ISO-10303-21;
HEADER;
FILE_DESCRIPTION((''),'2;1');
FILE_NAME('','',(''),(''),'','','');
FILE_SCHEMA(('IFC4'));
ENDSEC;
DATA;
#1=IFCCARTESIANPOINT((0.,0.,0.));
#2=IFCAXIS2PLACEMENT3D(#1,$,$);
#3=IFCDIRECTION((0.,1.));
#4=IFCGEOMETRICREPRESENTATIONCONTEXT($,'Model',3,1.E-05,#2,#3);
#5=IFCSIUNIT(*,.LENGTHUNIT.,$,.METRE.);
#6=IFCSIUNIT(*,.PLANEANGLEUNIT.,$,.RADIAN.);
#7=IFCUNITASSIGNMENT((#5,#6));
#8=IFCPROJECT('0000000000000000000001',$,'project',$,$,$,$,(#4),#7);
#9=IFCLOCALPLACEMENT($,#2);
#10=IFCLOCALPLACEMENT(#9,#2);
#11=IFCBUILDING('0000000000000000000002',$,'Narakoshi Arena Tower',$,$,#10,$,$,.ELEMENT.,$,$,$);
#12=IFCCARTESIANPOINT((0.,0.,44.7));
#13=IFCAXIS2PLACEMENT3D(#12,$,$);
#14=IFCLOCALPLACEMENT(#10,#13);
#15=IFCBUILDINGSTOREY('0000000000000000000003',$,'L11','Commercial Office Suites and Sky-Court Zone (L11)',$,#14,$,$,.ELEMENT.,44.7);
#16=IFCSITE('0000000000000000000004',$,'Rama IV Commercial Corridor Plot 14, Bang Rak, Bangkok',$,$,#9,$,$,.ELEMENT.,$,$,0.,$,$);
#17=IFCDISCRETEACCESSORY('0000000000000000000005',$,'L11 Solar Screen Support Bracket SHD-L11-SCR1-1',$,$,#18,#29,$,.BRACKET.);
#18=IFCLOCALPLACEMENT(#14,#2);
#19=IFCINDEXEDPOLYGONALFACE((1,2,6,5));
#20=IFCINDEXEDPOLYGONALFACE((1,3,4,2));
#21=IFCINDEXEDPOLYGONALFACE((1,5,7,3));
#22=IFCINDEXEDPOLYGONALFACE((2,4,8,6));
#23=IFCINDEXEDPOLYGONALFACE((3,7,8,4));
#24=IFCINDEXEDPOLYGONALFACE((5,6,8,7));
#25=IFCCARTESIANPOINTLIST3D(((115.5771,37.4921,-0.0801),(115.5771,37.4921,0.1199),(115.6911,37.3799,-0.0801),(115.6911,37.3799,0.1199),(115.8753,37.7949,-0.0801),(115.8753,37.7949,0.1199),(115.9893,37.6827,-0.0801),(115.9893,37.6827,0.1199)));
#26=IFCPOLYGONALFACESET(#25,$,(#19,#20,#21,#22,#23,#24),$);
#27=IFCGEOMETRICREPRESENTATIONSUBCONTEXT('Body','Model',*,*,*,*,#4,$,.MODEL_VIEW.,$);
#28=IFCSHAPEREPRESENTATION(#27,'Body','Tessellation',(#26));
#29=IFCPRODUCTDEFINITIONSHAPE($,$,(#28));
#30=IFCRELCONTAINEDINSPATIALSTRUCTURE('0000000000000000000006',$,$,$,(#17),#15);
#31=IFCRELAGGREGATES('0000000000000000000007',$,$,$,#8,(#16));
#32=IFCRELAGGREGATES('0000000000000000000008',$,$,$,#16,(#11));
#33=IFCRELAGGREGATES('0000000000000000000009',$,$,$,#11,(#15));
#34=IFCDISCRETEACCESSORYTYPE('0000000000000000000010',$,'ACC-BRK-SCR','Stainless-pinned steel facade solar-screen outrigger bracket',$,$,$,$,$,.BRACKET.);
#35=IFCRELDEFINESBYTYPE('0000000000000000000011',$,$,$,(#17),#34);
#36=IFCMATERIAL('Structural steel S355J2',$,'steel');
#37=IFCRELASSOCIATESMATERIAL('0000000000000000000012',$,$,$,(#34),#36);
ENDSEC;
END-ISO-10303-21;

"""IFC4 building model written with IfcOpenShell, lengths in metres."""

from ifc_helpers import new_model, si_unit, direction, frame, origin, origin_2d, place, context, subcontext, project, spatial, rectangle, extrude, material, type_object, element, save


model = new_model("IFC4")

# Units and contexts
model_context = context("Model", 3, precision=1e-05, world=origin(), true_north=direction((0.0, 1.0)))
body_context = subcontext(model_context, "Body", "Model", "MODEL_VIEW")
ifc_project = project(units=[si_unit("LENGTHUNIT", "METRE"), si_unit("PLANEANGLEUNIT", "RADIAN")], contexts=[model_context])

# Site, building, storey
site_placement = place(None, origin())
site = spatial("IfcSite", under=ifc_project, at=site_placement, Name="Rama IV Commercial Corridor Plot 14, Bang Rak, Bangkok", CompositionType="ELEMENT", RefElevation=0.0)
building_placement = place(site_placement, origin())
building = spatial("IfcBuilding", under=site, at=building_placement, Name="Narakoshi Arena Tower", CompositionType="ELEMENT")
storey_placement = place(building_placement, frame((0.0, 0.0, 44.7)))
storey = spatial("IfcBuildingStorey", under=building, at=storey_placement, Name="L11", Description="Commercial Office Suites and Sky-Court Zone (L11)", CompositionType="ELEMENT", Elevation=44.7)

# Shared definitions
ifc_material_1 = material(Name="Structural steel S355J2", Category="steel")

# Discrete accessory
discrete_accessory_type = type_object("IfcDiscreteAccessoryType", Name="ACC-BRK-SCR", Description="Stainless-pinned steel facade solar-screen outrigger bracket", PredefinedType="BRACKET", material=ifc_material_1)
discrete_accessory_placement = place(storey_placement, frame((115.7832, 37.5874, -0.0801), z_axis=(0.0, 0.0, 1.0), x_axis=(-0.712541, 0.701631, 0.0)))
element("IfcDiscreteAccessory", 1, at=discrete_accessory_placement, inside=storey, type_object=discrete_accessory_type, Name="L11 Solar Screen Support Bracket SHD-L11-SCR1-1", PredefinedType="BRACKET", context=body_context, shape_type="SweptSolid", body=[
    extrude(rectangle(XDim=0.1599, YDim=0.425, at=origin_2d()), origin(), (0.0, 0.0, 1.0), 0.2),
])

save(model, "model.ifc")
